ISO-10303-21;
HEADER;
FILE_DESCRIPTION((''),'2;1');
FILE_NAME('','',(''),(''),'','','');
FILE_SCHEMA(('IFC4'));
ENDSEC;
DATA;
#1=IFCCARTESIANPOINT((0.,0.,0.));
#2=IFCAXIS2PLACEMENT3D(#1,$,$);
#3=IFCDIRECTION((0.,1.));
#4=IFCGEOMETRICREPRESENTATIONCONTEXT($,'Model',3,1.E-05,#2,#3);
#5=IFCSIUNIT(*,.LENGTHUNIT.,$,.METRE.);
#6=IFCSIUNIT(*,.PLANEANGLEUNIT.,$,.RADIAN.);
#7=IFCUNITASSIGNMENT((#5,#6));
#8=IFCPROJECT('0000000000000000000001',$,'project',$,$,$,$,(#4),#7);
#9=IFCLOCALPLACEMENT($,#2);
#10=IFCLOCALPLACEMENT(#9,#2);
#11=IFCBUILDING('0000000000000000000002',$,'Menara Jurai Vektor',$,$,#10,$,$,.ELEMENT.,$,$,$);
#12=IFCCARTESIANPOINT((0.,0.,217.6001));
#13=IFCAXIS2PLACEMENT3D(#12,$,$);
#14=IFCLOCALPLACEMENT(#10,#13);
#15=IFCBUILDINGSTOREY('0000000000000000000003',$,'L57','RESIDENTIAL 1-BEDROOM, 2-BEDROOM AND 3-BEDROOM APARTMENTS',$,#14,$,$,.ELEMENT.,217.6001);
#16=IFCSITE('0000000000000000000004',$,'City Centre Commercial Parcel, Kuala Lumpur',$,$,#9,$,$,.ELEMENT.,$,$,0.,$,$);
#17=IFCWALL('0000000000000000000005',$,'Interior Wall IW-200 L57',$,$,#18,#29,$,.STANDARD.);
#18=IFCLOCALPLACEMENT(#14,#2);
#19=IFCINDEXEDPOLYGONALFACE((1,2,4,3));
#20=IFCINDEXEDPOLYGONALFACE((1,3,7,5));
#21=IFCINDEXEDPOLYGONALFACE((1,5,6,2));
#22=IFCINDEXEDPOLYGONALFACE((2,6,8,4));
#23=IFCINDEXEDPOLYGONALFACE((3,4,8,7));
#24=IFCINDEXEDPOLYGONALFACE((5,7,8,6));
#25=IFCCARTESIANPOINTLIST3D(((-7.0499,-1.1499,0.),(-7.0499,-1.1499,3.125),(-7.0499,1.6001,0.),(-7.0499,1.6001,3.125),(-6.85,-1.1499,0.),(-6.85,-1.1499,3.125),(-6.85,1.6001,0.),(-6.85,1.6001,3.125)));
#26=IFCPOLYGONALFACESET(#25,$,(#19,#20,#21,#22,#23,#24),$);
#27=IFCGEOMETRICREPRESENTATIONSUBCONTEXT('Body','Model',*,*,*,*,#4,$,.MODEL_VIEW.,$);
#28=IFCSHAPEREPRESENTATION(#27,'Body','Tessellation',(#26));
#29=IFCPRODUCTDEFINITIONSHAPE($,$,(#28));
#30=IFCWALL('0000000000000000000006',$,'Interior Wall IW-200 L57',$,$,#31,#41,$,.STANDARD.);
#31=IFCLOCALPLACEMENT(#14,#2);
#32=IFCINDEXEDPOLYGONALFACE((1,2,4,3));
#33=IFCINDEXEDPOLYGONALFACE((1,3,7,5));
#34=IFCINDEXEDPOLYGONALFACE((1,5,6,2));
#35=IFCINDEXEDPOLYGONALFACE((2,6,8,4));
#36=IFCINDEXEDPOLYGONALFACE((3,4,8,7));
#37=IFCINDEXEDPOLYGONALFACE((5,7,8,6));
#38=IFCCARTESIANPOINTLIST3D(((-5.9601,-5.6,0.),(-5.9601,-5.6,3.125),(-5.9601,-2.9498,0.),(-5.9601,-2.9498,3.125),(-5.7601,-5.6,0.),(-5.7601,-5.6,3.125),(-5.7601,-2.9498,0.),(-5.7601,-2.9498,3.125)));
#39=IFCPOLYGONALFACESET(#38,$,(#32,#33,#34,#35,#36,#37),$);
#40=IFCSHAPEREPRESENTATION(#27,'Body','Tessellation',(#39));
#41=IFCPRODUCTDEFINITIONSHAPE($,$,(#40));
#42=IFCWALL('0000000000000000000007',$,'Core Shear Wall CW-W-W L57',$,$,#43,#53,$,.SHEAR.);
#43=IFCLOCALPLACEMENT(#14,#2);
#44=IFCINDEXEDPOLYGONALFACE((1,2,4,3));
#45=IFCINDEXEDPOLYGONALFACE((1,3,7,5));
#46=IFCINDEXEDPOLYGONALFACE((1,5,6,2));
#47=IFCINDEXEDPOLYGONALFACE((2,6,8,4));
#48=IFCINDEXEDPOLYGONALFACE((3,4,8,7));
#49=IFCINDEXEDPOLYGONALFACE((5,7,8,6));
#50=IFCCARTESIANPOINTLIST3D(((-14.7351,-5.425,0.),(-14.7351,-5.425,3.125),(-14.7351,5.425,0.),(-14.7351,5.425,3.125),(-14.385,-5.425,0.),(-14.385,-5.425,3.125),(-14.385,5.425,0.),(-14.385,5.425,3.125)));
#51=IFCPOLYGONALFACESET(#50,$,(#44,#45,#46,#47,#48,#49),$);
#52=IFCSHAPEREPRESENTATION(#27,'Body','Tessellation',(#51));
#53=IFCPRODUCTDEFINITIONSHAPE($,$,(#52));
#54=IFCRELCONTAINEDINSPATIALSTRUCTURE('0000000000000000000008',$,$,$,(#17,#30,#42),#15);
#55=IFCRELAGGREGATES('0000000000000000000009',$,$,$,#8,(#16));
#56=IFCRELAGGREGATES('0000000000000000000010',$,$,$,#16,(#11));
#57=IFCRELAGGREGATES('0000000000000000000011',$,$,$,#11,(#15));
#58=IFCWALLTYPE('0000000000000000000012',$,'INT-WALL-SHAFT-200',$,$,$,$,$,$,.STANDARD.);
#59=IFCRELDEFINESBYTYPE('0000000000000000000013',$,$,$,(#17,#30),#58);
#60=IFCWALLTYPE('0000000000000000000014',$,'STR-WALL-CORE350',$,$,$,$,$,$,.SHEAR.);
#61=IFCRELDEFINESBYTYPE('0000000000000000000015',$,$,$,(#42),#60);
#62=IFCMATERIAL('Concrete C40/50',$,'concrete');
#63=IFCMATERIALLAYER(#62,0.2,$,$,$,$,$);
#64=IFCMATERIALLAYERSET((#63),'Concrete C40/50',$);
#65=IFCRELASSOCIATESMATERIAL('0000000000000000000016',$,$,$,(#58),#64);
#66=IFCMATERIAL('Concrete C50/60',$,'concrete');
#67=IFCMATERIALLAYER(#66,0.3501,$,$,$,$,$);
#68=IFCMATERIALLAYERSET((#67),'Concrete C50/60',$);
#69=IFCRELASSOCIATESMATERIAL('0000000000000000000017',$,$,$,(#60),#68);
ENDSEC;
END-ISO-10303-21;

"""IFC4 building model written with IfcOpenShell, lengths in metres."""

from ifc_helpers import new_model, si_unit, direction, frame, frame_2d, origin, place, context, subcontext, project, spatial, rectangle, extrude, material, layer, layer_set, type_object, element, save


model = new_model("IFC4")

# Units and contexts
model_context = context("Model", 3, precision=1e-05, world=origin(), true_north=direction((0.0, 1.0)))
body_context = subcontext(model_context, "Body", "Model", "MODEL_VIEW")
ifc_project = project(units=[si_unit("LENGTHUNIT", "METRE"), si_unit("PLANEANGLEUNIT", "RADIAN")], contexts=[model_context])

# Site, building, storey
site_placement = place(None, origin())
site = spatial("IfcSite", under=ifc_project, at=site_placement, Name="City Centre Commercial Parcel, Kuala Lumpur", CompositionType="ELEMENT", RefElevation=0.0)
building_placement = place(site_placement, origin())
building = spatial("IfcBuilding", under=site, at=building_placement, Name="Menara Jurai Vektor", CompositionType="ELEMENT")
storey_placement = place(building_placement, frame((0.0, 0.0, 217.6001)))
storey = spatial("IfcBuildingStorey", under=building, at=storey_placement, Name="L57", Description="RESIDENTIAL 1-BEDROOM, 2-BEDROOM AND 3-BEDROOM APARTMENTS", CompositionType="ELEMENT", Elevation=217.6001)

# Shared definitions
ifc_material_1 = material(Name="Concrete C50/60", Category="concrete")

# Shared definitions
ifc_material_2 = material(Name="Concrete C40/50", Category="concrete")

# Wall
ifc_layer_1 = layer(ifc_material_2, 0.2)
ifc_layer_set_1 = layer_set([ifc_layer_1], Name="Concrete C40/50")
wall_type_1 = type_object("IfcWallType", Name="INT-WALL-SHAFT-200", PredefinedType="STANDARD", material=ifc_layer_set_1)
wall_1_placement = place(storey_placement, frame((-6.95, -1.1499, 0.0), z_axis=(0.0, 0.0, 1.0), x_axis=(0.0, 1.0, 0.0)))
element("IfcWall", 1, at=wall_1_placement, inside=storey, type_object=wall_type_1, Name="Interior Wall IW-200 L57", PredefinedType="STANDARD", context=body_context, shape_type="SweptSolid", body=[
    extrude(rectangle(XDim=2.75, YDim=0.2, at=frame_2d((1.375, 0.0))), origin(), (0.0, 0.0, 1.0), 3.125),
])

# Walls
wall_2_placement = place(storey_placement, frame((-5.8601, -5.6001, 0.0), z_axis=(0.0, 0.0, 1.0), x_axis=(0.0, 1.0, 0.0)))
element("IfcWall", 2, at=wall_2_placement, inside=storey, type_object=wall_type_1, Name="Interior Wall IW-200 L57", PredefinedType="STANDARD", context=body_context, shape_type="SweptSolid", body=[
    extrude(rectangle(XDim=2.6501, YDim=0.2, at=frame_2d((1.3252, 0.0))), origin(), (0.0, 0.0, 1.0), 3.125),
])
ifc_layer_2 = layer(ifc_material_1, 0.3501)
ifc_layer_set_2 = layer_set([ifc_layer_2], Name="Concrete C50/60")
wall_type_2 = type_object("IfcWallType", Name="STR-WALL-CORE350", PredefinedType="SHEAR", material=ifc_layer_set_2)
wall_3_placement = place(storey_placement, frame((-14.5601, -5.425, 0.0), z_axis=(0.0, 0.0, 1.0), x_axis=(0.0, 1.0, 0.0)))
element("IfcWall", 3, at=wall_3_placement, inside=storey, type_object=wall_type_2, Name="Core Shear Wall CW-W-W L57", PredefinedType="SHEAR", context=body_context, shape_type="SweptSolid", body=[
    extrude(rectangle(XDim=10.8501, YDim=0.3501, at=frame_2d((5.425, 0.0))), origin(), (0.0, 0.0, 1.0), 3.125),
])

save(model, "model.ifc")
